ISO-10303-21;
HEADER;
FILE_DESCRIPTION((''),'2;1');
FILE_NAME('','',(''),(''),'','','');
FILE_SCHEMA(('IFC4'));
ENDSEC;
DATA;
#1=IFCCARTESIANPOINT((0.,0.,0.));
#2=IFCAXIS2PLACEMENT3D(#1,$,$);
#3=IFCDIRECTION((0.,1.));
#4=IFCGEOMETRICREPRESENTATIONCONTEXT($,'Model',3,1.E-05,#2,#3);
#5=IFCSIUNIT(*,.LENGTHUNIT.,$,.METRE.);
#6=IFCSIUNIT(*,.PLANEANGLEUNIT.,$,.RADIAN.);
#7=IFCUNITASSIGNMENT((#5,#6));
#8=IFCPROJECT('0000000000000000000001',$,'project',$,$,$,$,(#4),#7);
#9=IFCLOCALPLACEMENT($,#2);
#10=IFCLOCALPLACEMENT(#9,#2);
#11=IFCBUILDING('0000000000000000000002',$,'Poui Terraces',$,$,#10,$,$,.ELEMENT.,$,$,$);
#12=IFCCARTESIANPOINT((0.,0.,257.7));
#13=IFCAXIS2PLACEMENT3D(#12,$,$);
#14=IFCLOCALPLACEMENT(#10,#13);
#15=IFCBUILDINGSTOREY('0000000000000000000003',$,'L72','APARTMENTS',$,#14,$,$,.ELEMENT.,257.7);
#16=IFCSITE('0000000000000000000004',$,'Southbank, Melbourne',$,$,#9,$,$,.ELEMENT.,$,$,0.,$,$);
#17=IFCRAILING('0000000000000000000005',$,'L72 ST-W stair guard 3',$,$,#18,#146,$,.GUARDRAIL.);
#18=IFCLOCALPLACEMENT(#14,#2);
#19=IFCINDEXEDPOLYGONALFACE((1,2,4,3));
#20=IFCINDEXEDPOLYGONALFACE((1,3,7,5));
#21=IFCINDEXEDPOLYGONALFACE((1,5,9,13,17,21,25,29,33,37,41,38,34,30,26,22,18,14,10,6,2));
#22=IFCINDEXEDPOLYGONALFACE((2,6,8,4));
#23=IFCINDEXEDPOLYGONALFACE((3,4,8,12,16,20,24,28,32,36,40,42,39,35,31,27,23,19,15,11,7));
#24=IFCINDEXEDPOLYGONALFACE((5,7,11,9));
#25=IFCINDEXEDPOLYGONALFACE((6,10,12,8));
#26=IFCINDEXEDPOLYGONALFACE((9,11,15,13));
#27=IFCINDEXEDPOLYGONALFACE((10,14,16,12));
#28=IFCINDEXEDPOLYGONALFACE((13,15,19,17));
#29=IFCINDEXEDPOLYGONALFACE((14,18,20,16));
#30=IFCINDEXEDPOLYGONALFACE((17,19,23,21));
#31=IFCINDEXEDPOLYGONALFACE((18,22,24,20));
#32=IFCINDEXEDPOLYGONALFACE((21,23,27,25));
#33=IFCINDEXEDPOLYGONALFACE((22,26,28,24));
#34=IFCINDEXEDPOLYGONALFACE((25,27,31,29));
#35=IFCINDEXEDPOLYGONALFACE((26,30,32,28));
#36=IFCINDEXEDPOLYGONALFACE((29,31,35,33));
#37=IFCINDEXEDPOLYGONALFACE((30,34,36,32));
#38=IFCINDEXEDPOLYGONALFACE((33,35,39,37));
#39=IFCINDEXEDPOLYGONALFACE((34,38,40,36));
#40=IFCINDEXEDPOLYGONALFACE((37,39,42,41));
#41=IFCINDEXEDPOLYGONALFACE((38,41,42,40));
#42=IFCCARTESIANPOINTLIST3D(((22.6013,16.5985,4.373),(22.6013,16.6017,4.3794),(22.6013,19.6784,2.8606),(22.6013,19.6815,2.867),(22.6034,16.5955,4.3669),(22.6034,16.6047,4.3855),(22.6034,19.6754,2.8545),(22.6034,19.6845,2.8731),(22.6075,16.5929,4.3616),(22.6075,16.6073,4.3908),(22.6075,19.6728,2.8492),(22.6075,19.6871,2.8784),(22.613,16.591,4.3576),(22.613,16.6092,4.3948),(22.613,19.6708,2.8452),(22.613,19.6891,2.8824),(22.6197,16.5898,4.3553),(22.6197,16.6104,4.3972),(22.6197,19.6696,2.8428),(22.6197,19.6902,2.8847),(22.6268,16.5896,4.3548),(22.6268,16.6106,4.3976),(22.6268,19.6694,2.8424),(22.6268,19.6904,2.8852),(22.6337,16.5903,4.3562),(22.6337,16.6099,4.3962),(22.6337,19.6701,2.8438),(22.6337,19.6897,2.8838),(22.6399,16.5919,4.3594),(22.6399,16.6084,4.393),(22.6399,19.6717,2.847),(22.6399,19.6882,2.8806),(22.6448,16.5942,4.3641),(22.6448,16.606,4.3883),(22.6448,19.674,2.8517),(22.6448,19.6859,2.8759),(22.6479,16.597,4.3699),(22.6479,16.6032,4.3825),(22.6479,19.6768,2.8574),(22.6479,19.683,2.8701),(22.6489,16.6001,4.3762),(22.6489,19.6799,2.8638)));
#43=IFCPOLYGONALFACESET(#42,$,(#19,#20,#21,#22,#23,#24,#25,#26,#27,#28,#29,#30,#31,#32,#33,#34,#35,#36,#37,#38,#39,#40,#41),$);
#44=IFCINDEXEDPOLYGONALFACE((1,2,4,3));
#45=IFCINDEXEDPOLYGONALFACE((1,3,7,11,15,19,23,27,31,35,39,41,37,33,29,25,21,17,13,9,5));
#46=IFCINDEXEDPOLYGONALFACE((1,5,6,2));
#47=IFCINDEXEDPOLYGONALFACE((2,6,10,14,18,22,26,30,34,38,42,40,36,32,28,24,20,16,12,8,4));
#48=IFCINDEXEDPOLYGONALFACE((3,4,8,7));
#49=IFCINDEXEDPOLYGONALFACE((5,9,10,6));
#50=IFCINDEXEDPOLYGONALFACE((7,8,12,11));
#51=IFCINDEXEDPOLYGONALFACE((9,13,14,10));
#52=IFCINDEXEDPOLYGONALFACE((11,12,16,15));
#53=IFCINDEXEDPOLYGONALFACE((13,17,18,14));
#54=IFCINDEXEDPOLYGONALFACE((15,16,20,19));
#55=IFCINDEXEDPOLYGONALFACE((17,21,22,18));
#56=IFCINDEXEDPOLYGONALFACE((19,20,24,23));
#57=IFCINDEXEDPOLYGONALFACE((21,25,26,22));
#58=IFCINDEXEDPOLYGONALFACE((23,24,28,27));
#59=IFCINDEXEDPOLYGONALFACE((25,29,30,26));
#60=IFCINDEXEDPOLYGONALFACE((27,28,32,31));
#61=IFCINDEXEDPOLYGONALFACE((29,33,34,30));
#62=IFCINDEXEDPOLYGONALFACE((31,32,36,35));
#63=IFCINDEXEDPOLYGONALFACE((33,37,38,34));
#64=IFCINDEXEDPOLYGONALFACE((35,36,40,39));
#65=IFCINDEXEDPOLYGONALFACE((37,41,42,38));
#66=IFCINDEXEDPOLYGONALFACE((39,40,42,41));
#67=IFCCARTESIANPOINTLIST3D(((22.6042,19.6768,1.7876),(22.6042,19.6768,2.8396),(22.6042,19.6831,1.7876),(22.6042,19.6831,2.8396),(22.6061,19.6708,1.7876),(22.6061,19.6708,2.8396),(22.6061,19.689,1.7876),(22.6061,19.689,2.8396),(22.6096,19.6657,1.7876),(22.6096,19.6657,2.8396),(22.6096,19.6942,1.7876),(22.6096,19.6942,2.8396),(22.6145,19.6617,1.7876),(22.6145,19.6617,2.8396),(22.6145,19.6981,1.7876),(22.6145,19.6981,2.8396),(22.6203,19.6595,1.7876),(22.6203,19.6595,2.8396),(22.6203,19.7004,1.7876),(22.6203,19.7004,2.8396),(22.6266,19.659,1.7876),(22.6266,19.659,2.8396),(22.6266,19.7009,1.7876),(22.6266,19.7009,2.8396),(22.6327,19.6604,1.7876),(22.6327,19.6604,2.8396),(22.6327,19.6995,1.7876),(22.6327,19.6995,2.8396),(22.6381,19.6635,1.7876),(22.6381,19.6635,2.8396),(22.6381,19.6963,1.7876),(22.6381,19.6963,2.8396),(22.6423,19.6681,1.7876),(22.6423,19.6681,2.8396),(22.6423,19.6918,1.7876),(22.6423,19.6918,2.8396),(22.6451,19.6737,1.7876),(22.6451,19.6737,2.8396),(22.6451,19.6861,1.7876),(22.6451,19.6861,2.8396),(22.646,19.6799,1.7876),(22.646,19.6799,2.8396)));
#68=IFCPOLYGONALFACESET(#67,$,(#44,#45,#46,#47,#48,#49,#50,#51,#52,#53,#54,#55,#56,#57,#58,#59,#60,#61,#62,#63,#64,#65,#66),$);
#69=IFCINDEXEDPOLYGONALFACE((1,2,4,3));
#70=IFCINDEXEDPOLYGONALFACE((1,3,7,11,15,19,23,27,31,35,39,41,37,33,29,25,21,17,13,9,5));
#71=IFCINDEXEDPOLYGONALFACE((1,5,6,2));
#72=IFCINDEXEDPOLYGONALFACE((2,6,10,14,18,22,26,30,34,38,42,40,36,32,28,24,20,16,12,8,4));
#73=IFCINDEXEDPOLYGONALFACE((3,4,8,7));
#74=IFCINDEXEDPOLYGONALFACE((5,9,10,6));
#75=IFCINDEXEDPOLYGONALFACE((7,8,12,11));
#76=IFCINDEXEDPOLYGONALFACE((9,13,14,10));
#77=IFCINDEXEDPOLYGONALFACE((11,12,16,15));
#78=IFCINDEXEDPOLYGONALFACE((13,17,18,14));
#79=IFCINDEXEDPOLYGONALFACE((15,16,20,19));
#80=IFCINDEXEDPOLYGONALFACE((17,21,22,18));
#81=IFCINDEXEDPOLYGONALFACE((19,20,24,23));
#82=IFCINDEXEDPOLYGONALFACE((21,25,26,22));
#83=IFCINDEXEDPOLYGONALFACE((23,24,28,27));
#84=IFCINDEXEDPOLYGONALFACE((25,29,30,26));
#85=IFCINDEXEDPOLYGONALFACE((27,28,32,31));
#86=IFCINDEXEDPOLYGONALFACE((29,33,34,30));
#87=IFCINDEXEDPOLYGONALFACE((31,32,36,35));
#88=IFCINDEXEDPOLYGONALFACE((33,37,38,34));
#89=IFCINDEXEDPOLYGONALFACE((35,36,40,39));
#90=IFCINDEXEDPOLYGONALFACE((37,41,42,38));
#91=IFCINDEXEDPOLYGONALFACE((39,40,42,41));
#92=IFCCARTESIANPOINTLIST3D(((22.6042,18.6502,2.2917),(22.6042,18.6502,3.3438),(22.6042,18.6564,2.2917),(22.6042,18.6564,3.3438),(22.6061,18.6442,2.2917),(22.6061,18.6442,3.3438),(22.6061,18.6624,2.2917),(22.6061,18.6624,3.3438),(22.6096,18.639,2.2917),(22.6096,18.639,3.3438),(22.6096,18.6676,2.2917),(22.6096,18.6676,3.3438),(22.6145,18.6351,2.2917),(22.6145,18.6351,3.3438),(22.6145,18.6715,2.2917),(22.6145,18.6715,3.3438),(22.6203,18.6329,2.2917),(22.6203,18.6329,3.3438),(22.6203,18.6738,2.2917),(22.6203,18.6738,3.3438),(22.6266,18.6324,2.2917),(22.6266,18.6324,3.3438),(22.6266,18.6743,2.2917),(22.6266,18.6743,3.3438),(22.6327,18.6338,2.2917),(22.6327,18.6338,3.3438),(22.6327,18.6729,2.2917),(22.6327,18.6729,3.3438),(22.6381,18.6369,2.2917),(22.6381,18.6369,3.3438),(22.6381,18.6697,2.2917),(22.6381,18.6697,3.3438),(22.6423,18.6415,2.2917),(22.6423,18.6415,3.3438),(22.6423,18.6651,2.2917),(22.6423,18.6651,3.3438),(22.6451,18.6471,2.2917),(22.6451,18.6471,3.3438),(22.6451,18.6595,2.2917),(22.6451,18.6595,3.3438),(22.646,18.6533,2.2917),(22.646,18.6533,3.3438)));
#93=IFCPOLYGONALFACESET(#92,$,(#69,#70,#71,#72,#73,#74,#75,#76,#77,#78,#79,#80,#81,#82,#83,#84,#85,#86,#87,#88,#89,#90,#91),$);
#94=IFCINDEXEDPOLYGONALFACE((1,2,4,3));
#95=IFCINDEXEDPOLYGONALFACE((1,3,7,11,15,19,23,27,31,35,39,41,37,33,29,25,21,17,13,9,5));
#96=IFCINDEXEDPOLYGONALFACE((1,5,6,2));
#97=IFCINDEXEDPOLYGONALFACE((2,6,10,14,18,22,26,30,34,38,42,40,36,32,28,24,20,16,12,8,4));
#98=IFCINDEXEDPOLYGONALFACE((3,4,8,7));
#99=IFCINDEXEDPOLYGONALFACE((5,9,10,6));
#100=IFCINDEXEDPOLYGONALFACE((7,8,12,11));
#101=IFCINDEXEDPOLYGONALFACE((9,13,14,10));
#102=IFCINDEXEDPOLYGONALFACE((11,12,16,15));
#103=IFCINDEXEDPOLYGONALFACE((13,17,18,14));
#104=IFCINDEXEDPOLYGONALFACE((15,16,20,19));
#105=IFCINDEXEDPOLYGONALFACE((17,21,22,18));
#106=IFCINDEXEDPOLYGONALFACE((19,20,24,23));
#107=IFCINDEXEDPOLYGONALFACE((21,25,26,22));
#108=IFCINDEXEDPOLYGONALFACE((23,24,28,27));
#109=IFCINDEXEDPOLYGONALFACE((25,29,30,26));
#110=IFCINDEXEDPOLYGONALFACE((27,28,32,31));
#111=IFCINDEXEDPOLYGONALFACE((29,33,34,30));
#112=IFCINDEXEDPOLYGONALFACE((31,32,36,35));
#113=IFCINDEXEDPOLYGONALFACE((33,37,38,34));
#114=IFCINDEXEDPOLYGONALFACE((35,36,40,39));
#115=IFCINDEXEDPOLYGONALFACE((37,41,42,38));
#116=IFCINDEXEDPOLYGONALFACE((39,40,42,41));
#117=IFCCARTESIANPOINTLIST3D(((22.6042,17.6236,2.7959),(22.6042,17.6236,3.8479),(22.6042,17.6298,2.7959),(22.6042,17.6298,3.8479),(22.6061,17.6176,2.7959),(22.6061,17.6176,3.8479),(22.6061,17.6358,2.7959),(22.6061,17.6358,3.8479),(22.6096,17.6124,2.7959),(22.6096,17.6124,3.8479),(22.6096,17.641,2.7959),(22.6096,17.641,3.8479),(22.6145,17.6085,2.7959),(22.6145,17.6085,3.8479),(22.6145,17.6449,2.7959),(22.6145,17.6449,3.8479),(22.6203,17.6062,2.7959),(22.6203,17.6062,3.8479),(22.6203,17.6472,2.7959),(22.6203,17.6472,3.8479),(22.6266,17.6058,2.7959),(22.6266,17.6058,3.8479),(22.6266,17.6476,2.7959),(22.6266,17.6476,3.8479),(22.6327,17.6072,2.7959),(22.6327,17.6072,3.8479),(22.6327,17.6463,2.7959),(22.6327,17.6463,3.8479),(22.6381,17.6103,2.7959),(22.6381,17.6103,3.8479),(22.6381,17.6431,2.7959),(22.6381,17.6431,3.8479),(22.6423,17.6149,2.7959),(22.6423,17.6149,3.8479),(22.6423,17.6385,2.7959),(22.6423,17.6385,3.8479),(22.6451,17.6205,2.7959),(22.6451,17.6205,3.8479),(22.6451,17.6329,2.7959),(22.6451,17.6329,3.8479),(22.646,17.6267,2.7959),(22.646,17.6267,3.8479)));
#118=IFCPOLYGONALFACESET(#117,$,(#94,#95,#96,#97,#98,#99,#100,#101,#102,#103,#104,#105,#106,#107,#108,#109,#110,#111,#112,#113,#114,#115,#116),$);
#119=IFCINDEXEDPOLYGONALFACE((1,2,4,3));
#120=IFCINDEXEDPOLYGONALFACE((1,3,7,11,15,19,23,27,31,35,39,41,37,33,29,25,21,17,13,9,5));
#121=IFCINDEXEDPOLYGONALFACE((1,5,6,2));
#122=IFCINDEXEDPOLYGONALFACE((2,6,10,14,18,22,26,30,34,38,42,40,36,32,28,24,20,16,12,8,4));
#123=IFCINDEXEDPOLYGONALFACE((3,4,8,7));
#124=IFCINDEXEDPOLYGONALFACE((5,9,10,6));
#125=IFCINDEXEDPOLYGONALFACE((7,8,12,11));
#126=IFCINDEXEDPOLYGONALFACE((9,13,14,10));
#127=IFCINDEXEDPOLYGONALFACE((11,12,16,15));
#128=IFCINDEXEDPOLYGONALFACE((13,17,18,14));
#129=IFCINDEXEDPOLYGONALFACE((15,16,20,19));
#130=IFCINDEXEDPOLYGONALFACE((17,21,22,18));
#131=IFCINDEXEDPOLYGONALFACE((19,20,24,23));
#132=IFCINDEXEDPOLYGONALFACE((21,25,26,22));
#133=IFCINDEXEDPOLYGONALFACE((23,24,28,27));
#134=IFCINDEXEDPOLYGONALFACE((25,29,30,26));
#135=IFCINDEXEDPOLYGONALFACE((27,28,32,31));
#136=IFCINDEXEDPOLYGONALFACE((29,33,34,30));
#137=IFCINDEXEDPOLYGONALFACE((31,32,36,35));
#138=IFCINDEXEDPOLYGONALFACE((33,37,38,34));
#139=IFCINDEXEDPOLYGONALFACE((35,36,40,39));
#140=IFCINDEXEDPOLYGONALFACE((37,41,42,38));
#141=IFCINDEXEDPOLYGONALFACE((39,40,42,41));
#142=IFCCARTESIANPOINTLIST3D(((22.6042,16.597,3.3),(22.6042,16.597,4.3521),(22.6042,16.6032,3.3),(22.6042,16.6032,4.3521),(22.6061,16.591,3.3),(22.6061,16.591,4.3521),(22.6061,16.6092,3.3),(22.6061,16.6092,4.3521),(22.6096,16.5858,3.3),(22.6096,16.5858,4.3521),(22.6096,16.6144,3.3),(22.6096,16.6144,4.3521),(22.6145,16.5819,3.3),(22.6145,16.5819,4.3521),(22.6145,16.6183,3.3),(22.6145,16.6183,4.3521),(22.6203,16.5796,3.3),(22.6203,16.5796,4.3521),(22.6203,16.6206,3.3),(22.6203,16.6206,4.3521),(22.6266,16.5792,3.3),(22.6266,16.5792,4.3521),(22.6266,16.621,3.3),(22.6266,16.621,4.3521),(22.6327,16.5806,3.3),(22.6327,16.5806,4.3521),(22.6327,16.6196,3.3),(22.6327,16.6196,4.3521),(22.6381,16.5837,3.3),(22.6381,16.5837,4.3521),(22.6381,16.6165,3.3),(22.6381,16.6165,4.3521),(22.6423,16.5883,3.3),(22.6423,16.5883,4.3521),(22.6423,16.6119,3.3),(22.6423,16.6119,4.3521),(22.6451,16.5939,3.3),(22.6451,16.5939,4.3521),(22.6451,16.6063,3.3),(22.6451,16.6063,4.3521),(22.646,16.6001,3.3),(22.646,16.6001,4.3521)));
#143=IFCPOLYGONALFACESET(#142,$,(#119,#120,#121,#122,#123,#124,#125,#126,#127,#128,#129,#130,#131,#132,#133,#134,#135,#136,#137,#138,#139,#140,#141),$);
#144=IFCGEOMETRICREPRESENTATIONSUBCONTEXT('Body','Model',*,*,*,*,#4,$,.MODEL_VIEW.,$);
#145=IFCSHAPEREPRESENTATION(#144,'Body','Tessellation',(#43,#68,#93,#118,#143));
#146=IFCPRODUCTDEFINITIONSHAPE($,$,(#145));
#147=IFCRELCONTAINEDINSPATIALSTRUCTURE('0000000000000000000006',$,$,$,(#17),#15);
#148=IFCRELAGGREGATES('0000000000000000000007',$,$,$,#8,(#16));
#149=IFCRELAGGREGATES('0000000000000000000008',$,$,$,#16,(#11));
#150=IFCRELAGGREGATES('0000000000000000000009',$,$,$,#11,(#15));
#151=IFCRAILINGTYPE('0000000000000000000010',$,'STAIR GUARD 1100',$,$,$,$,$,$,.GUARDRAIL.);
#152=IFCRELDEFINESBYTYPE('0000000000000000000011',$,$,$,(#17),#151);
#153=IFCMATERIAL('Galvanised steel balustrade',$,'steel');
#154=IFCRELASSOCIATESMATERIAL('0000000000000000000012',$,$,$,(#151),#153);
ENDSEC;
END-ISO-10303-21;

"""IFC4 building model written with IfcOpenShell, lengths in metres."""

from ifc_helpers import new_model, si_unit, direction, frame, origin, origin_2d, place, context, subcontext, project, spatial, circle, extrude, material, type_object, element, save


model = new_model("IFC4")

# Units and contexts
model_context = context("Model", 3, precision=1e-05, world=origin(), true_north=direction((0.0, 1.0)))
body_context = subcontext(model_context, "Body", "Model", "MODEL_VIEW")
ifc_project = project(units=[si_unit("LENGTHUNIT", "METRE"), si_unit("PLANEANGLEUNIT", "RADIAN")], contexts=[model_context])

# Site, building, storey
site_placement = place(None, origin())
site = spatial("IfcSite", under=ifc_project, at=site_placement, Name="Southbank, Melbourne", CompositionType="ELEMENT", RefElevation=0.0)
building_placement = place(site_placement, origin())
building = spatial("IfcBuilding", under=site, at=building_placement, Name="Poui Terraces", CompositionType="ELEMENT")
storey_placement = place(building_placement, frame((0.0, 0.0, 257.7)))
storey = spatial("IfcBuildingStorey", under=building, at=storey_placement, Name="L72", Description="APARTMENTS", CompositionType="ELEMENT", Elevation=257.7)

# Railing
ifc_material_1 = material(Name="Galvanised steel balustrade", Category="steel")
railing_type_1 = type_object("IfcRailingType", Name="STAIR GUARD 1100", PredefinedType="GUARDRAIL", material=ifc_material_1)
railing_1_placement = place(storey_placement, frame((22.625, 19.6799, 1.7876)))
element("IfcRailing", 1, at=railing_1_placement, inside=storey, type_object=railing_type_1, Name="L72 ST-W stair guard 3", PredefinedType="GUARDRAIL", context=body_context, shape_type="SweptSolid", body=[
    extrude(circle(Radius=0.0239, at=origin_2d()), frame((0.0, 0.0, 1.0762), z_axis=(0.0, -0.897606, 0.440798), x_axis=(1.0, 0.0, 0.0)), (0.0, 0.0, 1.0), 3.4312),
    extrude(circle(Radius=0.021, at=origin_2d()), origin(), (0.0, 0.0, 1.0), 1.052),
    extrude(circle(Radius=0.021, at=origin_2d()), frame((0.0, -1.0266, 0.5042)), (0.0, 0.0, 1.0), 1.052),
    extrude(circle(Radius=0.021, at=origin_2d()), frame((0.0, -2.0532, 1.0083)), (0.0, 0.0, 1.0), 1.052),
    extrude(circle(Radius=0.021, at=origin_2d()), frame((0.0, -3.0798, 1.5125)), (0.0, 0.0, 1.0), 1.052),
])

save(model, "model.ifc")
